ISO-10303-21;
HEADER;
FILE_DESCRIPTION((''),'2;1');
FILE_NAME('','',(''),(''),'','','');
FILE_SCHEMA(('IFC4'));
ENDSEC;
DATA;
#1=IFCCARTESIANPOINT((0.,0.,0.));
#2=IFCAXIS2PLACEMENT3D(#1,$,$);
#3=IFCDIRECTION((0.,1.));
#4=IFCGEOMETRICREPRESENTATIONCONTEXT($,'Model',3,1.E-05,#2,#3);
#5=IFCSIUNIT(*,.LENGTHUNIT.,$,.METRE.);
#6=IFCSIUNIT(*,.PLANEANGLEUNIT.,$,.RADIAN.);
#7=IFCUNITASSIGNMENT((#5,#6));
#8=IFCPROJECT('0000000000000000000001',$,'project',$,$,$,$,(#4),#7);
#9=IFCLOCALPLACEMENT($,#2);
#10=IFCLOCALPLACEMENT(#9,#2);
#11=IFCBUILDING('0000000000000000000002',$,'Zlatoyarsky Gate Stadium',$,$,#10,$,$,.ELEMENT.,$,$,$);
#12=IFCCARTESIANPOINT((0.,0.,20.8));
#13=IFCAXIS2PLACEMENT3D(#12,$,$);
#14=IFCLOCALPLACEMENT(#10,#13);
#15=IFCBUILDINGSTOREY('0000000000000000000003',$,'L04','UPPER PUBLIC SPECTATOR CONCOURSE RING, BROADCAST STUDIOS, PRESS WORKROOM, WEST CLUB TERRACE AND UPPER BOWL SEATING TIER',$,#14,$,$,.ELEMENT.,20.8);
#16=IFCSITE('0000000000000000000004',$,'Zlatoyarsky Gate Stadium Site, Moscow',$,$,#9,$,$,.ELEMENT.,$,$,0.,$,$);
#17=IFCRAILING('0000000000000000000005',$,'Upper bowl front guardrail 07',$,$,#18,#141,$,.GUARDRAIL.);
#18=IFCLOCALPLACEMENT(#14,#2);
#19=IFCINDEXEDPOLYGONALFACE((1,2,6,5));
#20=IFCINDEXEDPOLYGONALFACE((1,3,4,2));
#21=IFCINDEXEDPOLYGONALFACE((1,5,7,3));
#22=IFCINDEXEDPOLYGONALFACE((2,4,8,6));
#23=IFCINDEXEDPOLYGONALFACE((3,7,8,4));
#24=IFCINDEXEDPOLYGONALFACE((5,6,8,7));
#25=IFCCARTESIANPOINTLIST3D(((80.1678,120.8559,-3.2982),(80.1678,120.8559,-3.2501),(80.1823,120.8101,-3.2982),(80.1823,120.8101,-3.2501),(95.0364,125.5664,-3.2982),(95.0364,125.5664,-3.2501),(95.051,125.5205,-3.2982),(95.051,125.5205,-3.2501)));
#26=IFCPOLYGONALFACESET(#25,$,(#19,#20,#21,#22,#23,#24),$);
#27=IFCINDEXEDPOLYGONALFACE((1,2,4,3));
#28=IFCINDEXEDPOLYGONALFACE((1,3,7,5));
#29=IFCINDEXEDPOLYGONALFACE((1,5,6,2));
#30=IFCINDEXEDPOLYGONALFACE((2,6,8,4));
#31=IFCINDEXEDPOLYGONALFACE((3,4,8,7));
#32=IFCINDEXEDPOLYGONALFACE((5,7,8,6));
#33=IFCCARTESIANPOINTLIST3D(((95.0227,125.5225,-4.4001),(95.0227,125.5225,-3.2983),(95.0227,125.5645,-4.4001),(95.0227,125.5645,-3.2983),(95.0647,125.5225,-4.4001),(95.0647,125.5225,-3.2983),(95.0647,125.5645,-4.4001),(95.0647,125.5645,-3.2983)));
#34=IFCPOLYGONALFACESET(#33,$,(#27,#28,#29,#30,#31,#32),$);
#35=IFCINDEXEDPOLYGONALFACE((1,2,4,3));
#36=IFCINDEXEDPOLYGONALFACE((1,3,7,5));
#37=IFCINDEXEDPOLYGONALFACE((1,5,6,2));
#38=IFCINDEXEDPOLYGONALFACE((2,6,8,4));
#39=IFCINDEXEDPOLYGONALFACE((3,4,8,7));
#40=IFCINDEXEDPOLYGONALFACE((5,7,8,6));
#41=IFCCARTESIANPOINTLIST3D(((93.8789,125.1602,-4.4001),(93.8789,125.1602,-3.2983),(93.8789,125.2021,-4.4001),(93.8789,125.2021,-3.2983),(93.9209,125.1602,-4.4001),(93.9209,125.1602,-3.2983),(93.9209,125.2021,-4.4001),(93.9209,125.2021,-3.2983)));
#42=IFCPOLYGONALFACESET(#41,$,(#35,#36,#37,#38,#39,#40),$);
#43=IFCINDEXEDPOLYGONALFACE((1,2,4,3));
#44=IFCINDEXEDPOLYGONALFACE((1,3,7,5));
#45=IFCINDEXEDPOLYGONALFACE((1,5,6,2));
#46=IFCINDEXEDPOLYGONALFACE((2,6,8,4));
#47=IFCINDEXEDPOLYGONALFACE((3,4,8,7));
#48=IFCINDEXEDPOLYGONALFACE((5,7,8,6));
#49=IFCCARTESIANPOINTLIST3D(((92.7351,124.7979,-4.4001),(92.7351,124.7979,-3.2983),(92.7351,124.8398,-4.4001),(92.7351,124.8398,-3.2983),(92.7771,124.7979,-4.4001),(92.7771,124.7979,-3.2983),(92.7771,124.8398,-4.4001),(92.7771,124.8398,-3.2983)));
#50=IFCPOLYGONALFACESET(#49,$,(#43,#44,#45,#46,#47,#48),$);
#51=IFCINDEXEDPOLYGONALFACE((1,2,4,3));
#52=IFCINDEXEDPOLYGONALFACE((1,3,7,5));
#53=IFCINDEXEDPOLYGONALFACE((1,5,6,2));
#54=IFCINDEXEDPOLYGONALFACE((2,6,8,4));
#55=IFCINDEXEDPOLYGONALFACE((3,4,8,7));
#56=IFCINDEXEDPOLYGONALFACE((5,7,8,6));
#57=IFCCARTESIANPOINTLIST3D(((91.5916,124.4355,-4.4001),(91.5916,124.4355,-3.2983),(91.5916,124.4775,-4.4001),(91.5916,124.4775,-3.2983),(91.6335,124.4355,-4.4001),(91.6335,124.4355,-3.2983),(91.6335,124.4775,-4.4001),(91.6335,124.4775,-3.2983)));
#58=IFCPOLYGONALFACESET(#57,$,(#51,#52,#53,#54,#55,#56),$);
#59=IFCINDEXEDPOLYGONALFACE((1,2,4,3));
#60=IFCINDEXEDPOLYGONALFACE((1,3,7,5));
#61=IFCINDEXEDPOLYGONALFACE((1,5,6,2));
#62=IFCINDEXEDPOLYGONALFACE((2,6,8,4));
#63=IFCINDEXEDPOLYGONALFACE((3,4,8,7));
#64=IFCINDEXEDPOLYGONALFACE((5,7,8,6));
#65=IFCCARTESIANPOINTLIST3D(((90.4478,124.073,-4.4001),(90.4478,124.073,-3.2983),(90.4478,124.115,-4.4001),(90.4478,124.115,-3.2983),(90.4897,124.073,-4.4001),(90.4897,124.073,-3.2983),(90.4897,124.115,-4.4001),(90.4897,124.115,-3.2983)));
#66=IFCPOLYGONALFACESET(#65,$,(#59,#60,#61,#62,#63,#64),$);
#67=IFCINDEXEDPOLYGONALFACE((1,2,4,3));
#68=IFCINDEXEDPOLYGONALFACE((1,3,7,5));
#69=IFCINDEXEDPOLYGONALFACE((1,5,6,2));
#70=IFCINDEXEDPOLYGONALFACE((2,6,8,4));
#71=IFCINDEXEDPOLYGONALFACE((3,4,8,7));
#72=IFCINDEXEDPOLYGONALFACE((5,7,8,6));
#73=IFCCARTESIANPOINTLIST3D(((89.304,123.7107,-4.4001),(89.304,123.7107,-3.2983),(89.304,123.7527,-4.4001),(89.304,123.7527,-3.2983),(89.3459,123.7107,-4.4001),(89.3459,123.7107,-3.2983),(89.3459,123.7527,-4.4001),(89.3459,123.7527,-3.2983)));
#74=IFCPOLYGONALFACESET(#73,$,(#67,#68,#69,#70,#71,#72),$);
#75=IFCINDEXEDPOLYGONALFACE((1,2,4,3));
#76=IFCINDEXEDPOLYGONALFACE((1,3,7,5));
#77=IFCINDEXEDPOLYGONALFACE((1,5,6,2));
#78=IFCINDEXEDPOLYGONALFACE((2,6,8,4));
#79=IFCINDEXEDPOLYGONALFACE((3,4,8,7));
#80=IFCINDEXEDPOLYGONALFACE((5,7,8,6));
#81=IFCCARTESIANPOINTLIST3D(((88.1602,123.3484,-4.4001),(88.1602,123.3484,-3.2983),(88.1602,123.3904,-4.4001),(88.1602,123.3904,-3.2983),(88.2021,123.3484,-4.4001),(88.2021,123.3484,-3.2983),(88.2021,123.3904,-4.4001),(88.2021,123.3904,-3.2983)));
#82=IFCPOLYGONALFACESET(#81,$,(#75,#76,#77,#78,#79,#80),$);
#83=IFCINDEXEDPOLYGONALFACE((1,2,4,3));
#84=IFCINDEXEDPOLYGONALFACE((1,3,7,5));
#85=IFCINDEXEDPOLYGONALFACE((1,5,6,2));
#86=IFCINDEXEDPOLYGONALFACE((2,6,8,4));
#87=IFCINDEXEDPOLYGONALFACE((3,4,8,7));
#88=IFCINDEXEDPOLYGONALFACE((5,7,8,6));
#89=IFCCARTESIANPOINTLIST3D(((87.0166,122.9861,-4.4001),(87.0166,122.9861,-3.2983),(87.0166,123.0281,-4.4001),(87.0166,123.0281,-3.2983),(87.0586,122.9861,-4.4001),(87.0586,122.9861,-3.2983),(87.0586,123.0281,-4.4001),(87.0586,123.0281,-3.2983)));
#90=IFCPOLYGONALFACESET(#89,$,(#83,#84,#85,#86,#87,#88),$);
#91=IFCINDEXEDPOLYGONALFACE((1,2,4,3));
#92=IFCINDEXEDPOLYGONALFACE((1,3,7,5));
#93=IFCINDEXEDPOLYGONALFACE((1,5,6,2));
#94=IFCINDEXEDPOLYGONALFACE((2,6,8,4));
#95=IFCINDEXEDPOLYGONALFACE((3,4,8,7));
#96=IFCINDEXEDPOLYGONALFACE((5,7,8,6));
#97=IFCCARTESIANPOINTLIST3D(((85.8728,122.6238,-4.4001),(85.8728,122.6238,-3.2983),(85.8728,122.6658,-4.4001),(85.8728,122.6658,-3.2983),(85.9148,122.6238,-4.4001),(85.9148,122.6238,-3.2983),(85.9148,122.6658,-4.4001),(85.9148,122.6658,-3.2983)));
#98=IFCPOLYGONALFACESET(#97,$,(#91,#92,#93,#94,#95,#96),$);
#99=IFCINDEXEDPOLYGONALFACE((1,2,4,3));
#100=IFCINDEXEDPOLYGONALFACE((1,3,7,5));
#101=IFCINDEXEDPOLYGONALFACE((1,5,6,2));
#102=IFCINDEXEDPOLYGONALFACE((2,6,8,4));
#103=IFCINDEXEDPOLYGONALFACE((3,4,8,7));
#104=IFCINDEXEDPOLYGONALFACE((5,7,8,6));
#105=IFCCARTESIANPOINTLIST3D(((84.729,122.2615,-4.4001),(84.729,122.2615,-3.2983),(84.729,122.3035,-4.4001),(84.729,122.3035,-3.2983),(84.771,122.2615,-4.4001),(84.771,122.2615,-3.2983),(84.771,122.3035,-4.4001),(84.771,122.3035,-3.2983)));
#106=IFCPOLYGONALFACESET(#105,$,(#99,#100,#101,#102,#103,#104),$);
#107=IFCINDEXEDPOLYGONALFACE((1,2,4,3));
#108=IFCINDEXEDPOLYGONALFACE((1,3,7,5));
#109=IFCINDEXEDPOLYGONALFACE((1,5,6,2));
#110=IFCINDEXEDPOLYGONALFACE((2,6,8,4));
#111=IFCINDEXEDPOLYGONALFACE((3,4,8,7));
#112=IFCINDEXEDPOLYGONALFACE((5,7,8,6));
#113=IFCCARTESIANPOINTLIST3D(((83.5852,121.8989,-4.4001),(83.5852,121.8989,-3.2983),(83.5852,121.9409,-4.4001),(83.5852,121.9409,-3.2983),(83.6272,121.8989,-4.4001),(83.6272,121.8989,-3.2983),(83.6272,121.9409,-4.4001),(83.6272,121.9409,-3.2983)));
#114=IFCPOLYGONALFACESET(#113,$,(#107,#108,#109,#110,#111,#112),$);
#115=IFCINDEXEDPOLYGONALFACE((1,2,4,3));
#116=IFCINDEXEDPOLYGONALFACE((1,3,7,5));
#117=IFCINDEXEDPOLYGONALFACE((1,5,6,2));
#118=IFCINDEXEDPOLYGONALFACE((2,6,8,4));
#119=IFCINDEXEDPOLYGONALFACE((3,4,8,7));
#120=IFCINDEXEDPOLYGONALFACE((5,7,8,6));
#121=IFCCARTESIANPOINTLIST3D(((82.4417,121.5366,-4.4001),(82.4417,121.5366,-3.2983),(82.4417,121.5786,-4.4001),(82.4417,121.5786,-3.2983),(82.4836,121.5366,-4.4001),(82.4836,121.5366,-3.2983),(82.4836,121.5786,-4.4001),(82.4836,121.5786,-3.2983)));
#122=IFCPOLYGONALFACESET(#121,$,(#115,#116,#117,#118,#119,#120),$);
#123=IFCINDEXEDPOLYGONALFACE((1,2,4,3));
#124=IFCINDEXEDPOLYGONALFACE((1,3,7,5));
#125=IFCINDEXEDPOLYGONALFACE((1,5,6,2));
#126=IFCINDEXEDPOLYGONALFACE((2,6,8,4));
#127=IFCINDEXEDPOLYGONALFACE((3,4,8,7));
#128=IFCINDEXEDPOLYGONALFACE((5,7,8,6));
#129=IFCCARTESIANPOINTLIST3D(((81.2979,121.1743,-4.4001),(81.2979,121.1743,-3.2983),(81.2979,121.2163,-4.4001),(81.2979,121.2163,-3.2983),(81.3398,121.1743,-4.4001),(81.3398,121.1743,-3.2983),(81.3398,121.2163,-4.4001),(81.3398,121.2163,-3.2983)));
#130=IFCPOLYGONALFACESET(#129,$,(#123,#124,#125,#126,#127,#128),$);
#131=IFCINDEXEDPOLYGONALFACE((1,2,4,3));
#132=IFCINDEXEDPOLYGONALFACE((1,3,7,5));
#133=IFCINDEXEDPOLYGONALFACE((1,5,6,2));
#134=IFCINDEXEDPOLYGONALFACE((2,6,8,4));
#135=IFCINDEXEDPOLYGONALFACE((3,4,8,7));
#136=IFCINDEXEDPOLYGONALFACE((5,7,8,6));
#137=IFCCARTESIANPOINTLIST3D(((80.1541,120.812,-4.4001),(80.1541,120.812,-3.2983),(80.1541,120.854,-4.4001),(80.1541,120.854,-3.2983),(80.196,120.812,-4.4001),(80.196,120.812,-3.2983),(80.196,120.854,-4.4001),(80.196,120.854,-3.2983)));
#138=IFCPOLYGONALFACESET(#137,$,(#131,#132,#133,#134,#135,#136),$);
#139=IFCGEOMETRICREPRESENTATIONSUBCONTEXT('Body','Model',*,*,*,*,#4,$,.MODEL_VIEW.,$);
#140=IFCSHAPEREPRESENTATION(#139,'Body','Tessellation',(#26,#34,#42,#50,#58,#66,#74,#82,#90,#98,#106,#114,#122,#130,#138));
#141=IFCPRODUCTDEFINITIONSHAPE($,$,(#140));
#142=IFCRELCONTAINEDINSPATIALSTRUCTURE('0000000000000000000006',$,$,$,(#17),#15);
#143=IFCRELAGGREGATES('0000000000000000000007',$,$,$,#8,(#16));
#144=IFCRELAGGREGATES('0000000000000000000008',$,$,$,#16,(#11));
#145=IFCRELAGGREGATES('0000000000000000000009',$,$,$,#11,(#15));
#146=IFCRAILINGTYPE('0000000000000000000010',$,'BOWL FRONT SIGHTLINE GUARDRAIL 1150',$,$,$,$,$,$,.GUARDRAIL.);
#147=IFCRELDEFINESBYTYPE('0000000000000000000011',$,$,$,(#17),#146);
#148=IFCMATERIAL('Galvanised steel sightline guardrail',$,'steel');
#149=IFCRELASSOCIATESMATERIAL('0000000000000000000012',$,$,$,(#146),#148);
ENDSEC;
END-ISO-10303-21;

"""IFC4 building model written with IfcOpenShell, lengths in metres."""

from ifc_helpers import new_model, si_unit, direction, frame, origin, origin_2d, place, context, subcontext, project, spatial, rectangle, extrude, material, type_object, element, save


model = new_model("IFC4")

# Units and contexts
model_context = context("Model", 3, precision=1e-05, world=origin(), true_north=direction((0.0, 1.0)))
body_context = subcontext(model_context, "Body", "Model", "MODEL_VIEW")
ifc_project = project(units=[si_unit("LENGTHUNIT", "METRE"), si_unit("PLANEANGLEUNIT", "RADIAN")], contexts=[model_context])

# Site, building, storey
site_placement = place(None, origin())
site = spatial("IfcSite", under=ifc_project, at=site_placement, Name="Zlatoyarsky Gate Stadium Site, Moscow", CompositionType="ELEMENT", RefElevation=0.0)
building_placement = place(site_placement, origin())
building = spatial("IfcBuilding", under=site, at=building_placement, Name="Zlatoyarsky Gate Stadium", CompositionType="ELEMENT")
storey_placement = place(building_placement, frame((0.0, 0.0, 20.8)))
storey = spatial("IfcBuildingStorey", under=building, at=storey_placement, Name="L04", Description="UPPER PUBLIC SPECTATOR CONCOURSE RING, BROADCAST STUDIOS, PRESS WORKROOM, WEST CLUB TERRACE AND UPPER BOWL SEATING TIER", CompositionType="ELEMENT", Elevation=20.8)

# Railing
ifc_material_1 = material(Name="Galvanised steel sightline guardrail", Category="steel")
railing_type_1 = type_object("IfcRailingType", Name="BOWL FRONT SIGHTLINE GUARDRAIL 1150", PredefinedType="GUARDRAIL", material=ifc_material_1)
railing_1_placement = place(storey_placement, frame((95.0437, 125.5435, -4.4001)))
element("IfcRailing", 1, at=railing_1_placement, inside=storey, type_object=railing_type_1, Name="Upper bowl front guardrail 07", PredefinedType="GUARDRAIL", context=body_context, shape_type="SweptSolid", body=[
    extrude(rectangle(XDim=0.0481, YDim=0.0481, at=origin_2d()), frame((0.0, 0.0, 1.126), z_axis=(-0.953305, -0.302011, 0.0), x_axis=(0.302011, -0.953305, 0.0)), (0.0, 0.0, 1.0), 15.5969),
    extrude(rectangle(XDim=0.042, YDim=0.042, at=origin_2d()), origin(), (0.0, 0.0, 1.0), 1.1018),
    extrude(rectangle(XDim=0.042, YDim=0.042, at=origin_2d()), frame((-1.1438, -0.3623, 0.0)), (0.0, 0.0, 1.0), 1.1018),
    extrude(rectangle(XDim=0.042, YDim=0.042, at=origin_2d()), frame((-2.2876, -0.7246, 0.0)), (0.0, 0.0, 1.0), 1.1018),
    extrude(rectangle(XDim=0.042, YDim=0.042, at=origin_2d()), frame((-3.4312, -1.0869, 0.0)), (0.0, 0.0, 1.0), 1.1018),
    extrude(rectangle(XDim=0.042, YDim=0.042, at=origin_2d()), frame((-4.575, -1.4495, 0.0)), (0.0, 0.0, 1.0), 1.1018),
    extrude(rectangle(XDim=0.042, YDim=0.042, at=origin_2d()), frame((-5.7188, -1.8118, 0.0)), (0.0, 0.0, 1.0), 1.1018),
    extrude(rectangle(XDim=0.042, YDim=0.042, at=origin_2d()), frame((-6.8625, -2.1741, 0.0)), (0.0, 0.0, 1.0), 1.1018),
    extrude(rectangle(XDim=0.042, YDim=0.042, at=origin_2d()), frame((-8.0061, -2.5364, 0.0)), (0.0, 0.0, 1.0), 1.1018),
    extrude(rectangle(XDim=0.042, YDim=0.042, at=origin_2d()), frame((-9.1499, -2.8987, 0.0)), (0.0, 0.0, 1.0), 1.1018),
    extrude(rectangle(XDim=0.042, YDim=0.042, at=origin_2d()), frame((-10.2937, -3.261, 0.0)), (0.0, 0.0, 1.0), 1.1018),
    extrude(rectangle(XDim=0.042, YDim=0.042, at=origin_2d()), frame((-11.4375, -3.6235, 0.0)), (0.0, 0.0, 1.0), 1.1018),
    extrude(rectangle(XDim=0.042, YDim=0.042, at=origin_2d()), frame((-12.5811, -3.9858, 0.0)), (0.0, 0.0, 1.0), 1.1018),
    extrude(rectangle(XDim=0.042, YDim=0.042, at=origin_2d()), frame((-13.7249, -4.3481, 0.0)), (0.0, 0.0, 1.0), 1.1018),
    extrude(rectangle(XDim=0.042, YDim=0.042, at=origin_2d()), frame((-14.8687, -4.7104, 0.0)), (0.0, 0.0, 1.0), 1.1018),
])

save(model, "model.ifc")
